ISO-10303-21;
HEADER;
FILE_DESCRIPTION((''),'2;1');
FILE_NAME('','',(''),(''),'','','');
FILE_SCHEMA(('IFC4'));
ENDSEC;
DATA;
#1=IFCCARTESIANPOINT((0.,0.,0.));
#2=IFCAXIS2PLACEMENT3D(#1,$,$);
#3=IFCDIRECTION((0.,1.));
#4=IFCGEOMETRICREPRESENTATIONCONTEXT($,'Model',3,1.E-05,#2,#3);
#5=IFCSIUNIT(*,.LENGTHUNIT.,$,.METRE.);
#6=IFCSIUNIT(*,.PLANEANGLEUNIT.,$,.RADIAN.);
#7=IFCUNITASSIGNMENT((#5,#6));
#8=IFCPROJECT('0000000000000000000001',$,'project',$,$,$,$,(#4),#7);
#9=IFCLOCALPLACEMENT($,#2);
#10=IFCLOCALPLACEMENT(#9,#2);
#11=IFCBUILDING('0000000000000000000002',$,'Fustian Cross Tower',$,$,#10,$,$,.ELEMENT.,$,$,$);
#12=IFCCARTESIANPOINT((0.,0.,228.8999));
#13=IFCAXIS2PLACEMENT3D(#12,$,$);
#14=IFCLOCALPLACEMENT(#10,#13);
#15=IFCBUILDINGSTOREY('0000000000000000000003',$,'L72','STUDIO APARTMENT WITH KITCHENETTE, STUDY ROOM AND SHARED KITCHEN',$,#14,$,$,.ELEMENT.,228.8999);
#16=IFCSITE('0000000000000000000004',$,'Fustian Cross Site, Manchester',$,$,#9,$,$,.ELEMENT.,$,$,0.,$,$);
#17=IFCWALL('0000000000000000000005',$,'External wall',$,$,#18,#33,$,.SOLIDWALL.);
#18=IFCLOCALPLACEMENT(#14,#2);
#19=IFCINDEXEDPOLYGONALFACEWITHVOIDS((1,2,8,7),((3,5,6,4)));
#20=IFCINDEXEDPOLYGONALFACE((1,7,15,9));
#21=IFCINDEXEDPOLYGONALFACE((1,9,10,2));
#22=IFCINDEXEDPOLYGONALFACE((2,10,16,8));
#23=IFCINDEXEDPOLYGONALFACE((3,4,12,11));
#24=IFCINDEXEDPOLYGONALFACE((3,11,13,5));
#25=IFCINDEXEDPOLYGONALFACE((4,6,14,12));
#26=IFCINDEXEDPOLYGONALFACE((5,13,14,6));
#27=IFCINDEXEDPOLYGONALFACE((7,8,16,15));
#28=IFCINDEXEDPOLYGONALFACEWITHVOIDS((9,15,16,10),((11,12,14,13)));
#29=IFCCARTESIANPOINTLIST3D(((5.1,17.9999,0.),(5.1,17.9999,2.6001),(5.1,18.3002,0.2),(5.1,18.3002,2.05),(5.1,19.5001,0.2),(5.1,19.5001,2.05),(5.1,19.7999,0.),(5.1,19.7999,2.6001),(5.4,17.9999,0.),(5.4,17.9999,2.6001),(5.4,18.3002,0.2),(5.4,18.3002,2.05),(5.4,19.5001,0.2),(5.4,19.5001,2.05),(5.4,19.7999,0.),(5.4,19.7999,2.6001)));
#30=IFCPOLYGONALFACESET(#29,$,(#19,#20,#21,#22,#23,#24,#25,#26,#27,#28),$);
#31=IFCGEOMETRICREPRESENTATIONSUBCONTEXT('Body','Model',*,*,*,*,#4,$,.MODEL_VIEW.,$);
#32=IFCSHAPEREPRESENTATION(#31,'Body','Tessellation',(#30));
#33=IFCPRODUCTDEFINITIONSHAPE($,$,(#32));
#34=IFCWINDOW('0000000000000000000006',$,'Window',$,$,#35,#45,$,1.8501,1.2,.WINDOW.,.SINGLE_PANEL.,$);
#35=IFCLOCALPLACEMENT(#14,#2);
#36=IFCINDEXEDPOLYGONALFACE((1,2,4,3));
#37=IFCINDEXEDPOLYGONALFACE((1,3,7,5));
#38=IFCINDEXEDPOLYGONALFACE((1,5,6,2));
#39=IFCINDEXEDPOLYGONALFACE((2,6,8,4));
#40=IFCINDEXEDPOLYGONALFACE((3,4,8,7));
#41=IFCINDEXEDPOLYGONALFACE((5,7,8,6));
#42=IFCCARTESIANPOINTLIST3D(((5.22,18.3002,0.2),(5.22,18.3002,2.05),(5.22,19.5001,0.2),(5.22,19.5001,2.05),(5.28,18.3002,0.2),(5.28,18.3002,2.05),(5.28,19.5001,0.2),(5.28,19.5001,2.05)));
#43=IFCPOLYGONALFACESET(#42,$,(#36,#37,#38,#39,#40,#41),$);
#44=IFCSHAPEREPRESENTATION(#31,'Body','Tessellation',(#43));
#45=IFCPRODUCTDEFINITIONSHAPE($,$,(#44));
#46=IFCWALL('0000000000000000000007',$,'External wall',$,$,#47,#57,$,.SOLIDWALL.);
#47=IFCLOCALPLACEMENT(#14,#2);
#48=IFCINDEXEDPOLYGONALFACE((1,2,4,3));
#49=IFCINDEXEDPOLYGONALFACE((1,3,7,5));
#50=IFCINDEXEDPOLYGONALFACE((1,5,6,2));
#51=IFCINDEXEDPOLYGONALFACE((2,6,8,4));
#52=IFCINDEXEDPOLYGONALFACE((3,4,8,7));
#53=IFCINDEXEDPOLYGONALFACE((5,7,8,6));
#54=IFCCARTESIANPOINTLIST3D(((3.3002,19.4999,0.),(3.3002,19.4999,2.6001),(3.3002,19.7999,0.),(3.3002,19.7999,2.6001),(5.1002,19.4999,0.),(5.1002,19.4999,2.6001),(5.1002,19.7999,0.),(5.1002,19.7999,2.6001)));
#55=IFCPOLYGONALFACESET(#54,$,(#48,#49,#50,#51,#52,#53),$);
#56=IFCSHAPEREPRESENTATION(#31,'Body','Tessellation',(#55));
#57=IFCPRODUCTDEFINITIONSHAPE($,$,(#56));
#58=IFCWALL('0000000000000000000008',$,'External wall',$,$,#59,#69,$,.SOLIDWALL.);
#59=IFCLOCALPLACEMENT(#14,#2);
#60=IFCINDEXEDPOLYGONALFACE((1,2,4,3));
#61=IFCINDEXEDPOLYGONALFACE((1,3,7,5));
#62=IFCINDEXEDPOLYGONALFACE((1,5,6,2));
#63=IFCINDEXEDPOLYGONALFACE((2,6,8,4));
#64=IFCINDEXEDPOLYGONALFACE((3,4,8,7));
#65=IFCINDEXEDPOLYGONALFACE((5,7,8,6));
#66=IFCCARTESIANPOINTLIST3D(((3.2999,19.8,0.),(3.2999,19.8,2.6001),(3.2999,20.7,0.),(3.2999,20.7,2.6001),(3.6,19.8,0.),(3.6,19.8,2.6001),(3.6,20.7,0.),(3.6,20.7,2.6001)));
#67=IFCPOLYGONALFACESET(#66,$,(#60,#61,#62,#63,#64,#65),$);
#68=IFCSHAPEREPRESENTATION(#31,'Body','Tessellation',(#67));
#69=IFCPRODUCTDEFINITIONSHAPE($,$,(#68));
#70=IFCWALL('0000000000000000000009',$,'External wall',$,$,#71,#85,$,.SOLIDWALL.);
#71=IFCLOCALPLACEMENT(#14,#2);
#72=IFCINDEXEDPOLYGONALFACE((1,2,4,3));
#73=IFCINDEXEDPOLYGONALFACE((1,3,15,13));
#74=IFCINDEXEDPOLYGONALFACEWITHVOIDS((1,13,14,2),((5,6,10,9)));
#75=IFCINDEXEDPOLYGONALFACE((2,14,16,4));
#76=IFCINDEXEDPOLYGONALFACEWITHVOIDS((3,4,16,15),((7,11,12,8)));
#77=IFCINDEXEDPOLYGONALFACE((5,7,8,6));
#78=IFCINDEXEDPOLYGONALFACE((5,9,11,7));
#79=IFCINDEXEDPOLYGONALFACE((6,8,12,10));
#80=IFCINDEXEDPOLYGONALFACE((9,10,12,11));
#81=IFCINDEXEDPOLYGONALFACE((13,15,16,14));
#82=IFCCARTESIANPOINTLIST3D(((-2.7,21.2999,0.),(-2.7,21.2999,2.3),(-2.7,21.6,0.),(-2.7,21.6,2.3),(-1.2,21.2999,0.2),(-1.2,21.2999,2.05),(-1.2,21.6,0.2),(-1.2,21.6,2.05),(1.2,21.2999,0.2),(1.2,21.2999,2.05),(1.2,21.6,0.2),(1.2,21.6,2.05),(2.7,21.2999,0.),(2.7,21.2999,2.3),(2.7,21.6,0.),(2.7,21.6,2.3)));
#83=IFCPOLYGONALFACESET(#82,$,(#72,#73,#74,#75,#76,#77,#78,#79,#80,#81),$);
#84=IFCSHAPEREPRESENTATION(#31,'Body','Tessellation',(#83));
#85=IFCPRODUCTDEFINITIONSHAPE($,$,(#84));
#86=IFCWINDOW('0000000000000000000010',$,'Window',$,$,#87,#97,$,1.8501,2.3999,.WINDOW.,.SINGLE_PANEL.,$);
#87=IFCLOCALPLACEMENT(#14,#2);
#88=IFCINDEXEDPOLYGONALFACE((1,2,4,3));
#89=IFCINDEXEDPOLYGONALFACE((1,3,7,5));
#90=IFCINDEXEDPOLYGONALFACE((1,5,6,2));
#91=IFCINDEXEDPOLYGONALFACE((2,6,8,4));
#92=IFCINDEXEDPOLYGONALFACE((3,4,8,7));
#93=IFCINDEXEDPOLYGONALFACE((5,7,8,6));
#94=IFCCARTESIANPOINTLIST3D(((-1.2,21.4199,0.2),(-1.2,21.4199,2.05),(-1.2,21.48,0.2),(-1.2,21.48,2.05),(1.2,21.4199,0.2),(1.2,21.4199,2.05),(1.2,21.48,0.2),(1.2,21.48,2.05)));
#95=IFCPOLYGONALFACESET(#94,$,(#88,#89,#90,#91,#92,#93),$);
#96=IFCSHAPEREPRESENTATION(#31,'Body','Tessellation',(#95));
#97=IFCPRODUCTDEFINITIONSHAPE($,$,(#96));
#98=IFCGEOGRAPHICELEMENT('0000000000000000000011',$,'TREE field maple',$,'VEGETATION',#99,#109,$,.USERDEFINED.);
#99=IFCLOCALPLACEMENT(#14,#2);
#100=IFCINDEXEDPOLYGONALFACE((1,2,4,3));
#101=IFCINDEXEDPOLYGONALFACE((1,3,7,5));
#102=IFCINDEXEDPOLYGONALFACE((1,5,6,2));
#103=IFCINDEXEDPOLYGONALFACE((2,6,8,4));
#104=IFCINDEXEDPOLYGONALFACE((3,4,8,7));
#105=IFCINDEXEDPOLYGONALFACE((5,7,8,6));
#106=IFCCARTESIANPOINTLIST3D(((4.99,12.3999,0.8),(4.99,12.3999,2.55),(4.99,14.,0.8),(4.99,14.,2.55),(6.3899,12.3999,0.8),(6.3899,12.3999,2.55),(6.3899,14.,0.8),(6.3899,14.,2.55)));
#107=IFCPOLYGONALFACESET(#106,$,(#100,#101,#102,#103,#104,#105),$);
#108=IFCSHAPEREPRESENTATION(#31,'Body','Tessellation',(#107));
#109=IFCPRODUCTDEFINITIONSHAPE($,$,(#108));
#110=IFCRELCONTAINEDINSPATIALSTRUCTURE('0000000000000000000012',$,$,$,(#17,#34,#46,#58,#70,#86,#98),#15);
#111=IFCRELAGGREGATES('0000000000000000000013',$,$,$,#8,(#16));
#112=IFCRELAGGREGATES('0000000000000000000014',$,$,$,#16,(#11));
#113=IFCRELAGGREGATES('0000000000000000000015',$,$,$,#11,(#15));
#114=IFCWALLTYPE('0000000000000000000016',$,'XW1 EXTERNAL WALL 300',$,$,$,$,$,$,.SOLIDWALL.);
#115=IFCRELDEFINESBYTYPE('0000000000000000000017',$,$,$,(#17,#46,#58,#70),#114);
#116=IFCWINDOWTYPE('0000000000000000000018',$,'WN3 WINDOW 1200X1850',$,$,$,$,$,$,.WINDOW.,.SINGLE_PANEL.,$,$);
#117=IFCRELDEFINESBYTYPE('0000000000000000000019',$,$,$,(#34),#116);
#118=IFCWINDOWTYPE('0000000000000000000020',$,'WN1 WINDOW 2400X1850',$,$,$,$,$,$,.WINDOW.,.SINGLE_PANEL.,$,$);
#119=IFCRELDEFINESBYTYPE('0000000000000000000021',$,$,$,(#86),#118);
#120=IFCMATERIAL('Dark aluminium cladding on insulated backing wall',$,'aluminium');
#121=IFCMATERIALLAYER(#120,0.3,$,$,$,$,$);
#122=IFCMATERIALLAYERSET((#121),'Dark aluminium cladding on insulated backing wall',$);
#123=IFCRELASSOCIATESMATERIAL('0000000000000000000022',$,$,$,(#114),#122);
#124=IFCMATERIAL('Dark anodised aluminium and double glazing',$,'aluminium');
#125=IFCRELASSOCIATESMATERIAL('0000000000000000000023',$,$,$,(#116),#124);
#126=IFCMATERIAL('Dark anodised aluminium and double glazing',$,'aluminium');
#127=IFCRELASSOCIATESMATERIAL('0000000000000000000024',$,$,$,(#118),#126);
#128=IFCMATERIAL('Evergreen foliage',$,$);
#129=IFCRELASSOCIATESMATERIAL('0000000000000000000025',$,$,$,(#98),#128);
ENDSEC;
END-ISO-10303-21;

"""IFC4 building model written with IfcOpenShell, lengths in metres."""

from ifc_helpers import new_model, si_unit, direction, frame, frame_2d, origin, origin_2d, place, context, subcontext, project, spatial, rectangle, extrude, material, layer, layer_set, type_object, element, fill, save


model = new_model("IFC4")

# Units and contexts
model_context = context("Model", 3, precision=1e-05, world=origin(), true_north=direction((0.0, 1.0)))
body_context = subcontext(model_context, "Body", "Model", "MODEL_VIEW")
ifc_project = project(units=[si_unit("LENGTHUNIT", "METRE"), si_unit("PLANEANGLEUNIT", "RADIAN")], contexts=[model_context])

# Site, building, storey
site_placement = place(None, origin())
site = spatial("IfcSite", under=ifc_project, at=site_placement, Name="Fustian Cross Site, Manchester", CompositionType="ELEMENT", RefElevation=0.0)
building_placement = place(site_placement, origin())
building = spatial("IfcBuilding", under=site, at=building_placement, Name="Fustian Cross Tower", CompositionType="ELEMENT")
storey_placement = place(building_placement, frame((0.0, 0.0, 228.8999)))
storey = spatial("IfcBuildingStorey", under=building, at=storey_placement, Name="L72", Description="STUDIO APARTMENT WITH KITCHENETTE, STUDY ROOM AND SHARED KITCHEN", CompositionType="ELEMENT", Elevation=228.8999)

# Shared definitions
ifc_material_1 = material(Name="Dark aluminium cladding on insulated backing wall", Category="aluminium")
ifc_layer_1 = layer(ifc_material_1, 0.3)
ifc_layer_set_1 = layer_set([ifc_layer_1], Name="Dark aluminium cladding on insulated backing wall")
wall_type_1 = type_object("IfcWallType", Name="XW1 EXTERNAL WALL 300", PredefinedType="SOLIDWALL", material=ifc_layer_set_1)

# Wall, opening, window
wall_1_placement = place(storey_placement, frame((5.25, 18.0, 0.0), z_axis=(0.0, 0.0, 1.0), x_axis=(0.0, 1.0, 0.0)))
wall_1 = element("IfcWall", 1, at=wall_1_placement, inside=storey, type_object=wall_type_1, Name="External wall", PredefinedType="SOLIDWALL", context=body_context, shape_type="SweptSolid", body=[
    extrude(rectangle(XDim=1.8, YDim=0.3, at=frame_2d((0.8999, 0.0))), origin(), (0.0, 0.0, 1.0), 2.6001),
])
opening_1_placement = place(wall_1_placement, frame((0.3, 0.0, 0.2)))
opening_1 = element("IfcOpeningElement", 2, at=opening_1_placement, cuts=wall_1, PredefinedType="OPENING", context=body_context, shape_type="SweptSolid", body=[
    extrude(rectangle(XDim=1.2, YDim=1.8501, at=frame_2d((0.6001, 0.925))), frame((0.0, 0.1599, 0.0), z_axis=(0.0, -1.0, 0.0), x_axis=(1.0, 0.0, 0.0)), (0.0, 0.0, 1.0), 0.3201),
])
ifc_material_2 = material(Name="Dark anodised aluminium and double glazing", Category="aluminium")
window_type_1 = type_object("IfcWindowType", Name="WN3 WINDOW 1200X1850", PartitioningType="SINGLE_PANEL", PredefinedType="WINDOW", material=ifc_material_2)
window_1_placement = place(opening_1_placement, origin())
window_1 = element("IfcWindow", 3, at=window_1_placement, inside=storey, type_object=window_type_1, Name="Window", OverallHeight=1.8501, OverallWidth=1.2, PartitioningType="SINGLE_PANEL", PredefinedType="WINDOW", context=body_context, shape_type="SweptSolid", body=[
    extrude(rectangle(XDim=1.2, YDim=1.8501, at=frame_2d((0.6001, 0.925))), frame((0.0, 0.03, 0.0), z_axis=(0.0, -1.0, 0.0), x_axis=(1.0, 0.0, 0.0)), (0.0, 0.0, 1.0), 0.0601),
])
fill(opening_1, window_1)

# Walls
wall_2_placement = place(storey_placement, frame((5.1001, 19.6499, 0.0), z_axis=(0.0, 0.0, 1.0), x_axis=(-1.0, 0.0, 0.0)))
element("IfcWall", 4, at=wall_2_placement, inside=storey, type_object=wall_type_1, Name="External wall", PredefinedType="SOLIDWALL", context=body_context, shape_type="SweptSolid", body=[
    extrude(rectangle(XDim=1.8, YDim=0.3, at=frame_2d((0.8999, 0.0))), origin(), (0.0, 0.0, 1.0), 2.6001),
])
wall_3_placement = place(storey_placement, frame((3.45, 19.8, 0.0), z_axis=(0.0, 0.0, 1.0), x_axis=(0.0, 1.0, 0.0)))
element("IfcWall", 5, at=wall_3_placement, inside=storey, type_object=wall_type_1, Name="External wall", PredefinedType="SOLIDWALL", context=body_context, shape_type="SweptSolid", body=[
    extrude(rectangle(XDim=0.8999, YDim=0.3, at=frame_2d((0.45, 0.0))), origin(), (0.0, 0.0, 1.0), 2.6001),
])

# Wall, opening, window
wall_4_placement = place(storey_placement, frame((2.7, 21.45, 0.0), z_axis=(0.0, 0.0, 1.0), x_axis=(-1.0, 0.0, 0.0)))
wall_4 = element("IfcWall", 6, at=wall_4_placement, inside=storey, type_object=wall_type_1, Name="External wall", PredefinedType="SOLIDWALL", context=body_context, shape_type="SweptSolid", body=[
    extrude(rectangle(XDim=5.3999, YDim=0.3, at=frame_2d((2.7, 0.0))), origin(), (0.0, 0.0, 1.0), 2.3),
])
opening_2_placement = place(wall_4_placement, frame((1.5, 0.0, 0.2)))
opening_2 = element("IfcOpeningElement", 7, at=opening_2_placement, cuts=wall_4, PredefinedType="OPENING", context=body_context, shape_type="SweptSolid", body=[
    extrude(rectangle(XDim=2.3999, YDim=1.8501, at=frame_2d((1.2, 0.925))), frame((0.0, 0.1599, 0.0), z_axis=(0.0, -1.0, 0.0), x_axis=(1.0, 0.0, 0.0)), (0.0, 0.0, 1.0), 0.3201),
])
ifc_material_3 = material(Name="Dark anodised aluminium and double glazing", Category="aluminium")
window_type_2 = type_object("IfcWindowType", Name="WN1 WINDOW 2400X1850", PartitioningType="SINGLE_PANEL", PredefinedType="WINDOW", material=ifc_material_3)
window_2_placement = place(opening_2_placement, origin())
window_2 = element("IfcWindow", 8, at=window_2_placement, inside=storey, type_object=window_type_2, Name="Window", OverallHeight=1.8501, OverallWidth=2.3999, PartitioningType="SINGLE_PANEL", PredefinedType="WINDOW", context=body_context, shape_type="SweptSolid", body=[
    extrude(rectangle(XDim=2.3999, YDim=1.8501, at=frame_2d((1.2, 0.925))), frame((0.0, 0.03, 0.0), z_axis=(0.0, -1.0, 0.0), x_axis=(1.0, 0.0, 0.0)), (0.0, 0.0, 1.0), 0.0601),
])
fill(opening_2, window_2)

# Geographic element
ifc_material_4 = material(Name="Evergreen foliage")
geographic_element_placement = place(storey_placement, frame((5.6899, 13.2, 0.8), z_axis=(0.0, 0.0, 1.0), x_axis=(1.0, 0.0, 0.0)))
element("IfcGeographicElement", 9, at=geographic_element_placement, inside=storey, material=ifc_material_4, Name="TREE field maple", ObjectType="VEGETATION", PredefinedType="USERDEFINED", context=body_context, shape_type="SweptSolid", body=[
    extrude(rectangle(XDim=1.3999, YDim=1.6001, at=origin_2d()), origin(), (0.0, 0.0, 1.0), 1.75),
])

save(model, "model.ifc")
